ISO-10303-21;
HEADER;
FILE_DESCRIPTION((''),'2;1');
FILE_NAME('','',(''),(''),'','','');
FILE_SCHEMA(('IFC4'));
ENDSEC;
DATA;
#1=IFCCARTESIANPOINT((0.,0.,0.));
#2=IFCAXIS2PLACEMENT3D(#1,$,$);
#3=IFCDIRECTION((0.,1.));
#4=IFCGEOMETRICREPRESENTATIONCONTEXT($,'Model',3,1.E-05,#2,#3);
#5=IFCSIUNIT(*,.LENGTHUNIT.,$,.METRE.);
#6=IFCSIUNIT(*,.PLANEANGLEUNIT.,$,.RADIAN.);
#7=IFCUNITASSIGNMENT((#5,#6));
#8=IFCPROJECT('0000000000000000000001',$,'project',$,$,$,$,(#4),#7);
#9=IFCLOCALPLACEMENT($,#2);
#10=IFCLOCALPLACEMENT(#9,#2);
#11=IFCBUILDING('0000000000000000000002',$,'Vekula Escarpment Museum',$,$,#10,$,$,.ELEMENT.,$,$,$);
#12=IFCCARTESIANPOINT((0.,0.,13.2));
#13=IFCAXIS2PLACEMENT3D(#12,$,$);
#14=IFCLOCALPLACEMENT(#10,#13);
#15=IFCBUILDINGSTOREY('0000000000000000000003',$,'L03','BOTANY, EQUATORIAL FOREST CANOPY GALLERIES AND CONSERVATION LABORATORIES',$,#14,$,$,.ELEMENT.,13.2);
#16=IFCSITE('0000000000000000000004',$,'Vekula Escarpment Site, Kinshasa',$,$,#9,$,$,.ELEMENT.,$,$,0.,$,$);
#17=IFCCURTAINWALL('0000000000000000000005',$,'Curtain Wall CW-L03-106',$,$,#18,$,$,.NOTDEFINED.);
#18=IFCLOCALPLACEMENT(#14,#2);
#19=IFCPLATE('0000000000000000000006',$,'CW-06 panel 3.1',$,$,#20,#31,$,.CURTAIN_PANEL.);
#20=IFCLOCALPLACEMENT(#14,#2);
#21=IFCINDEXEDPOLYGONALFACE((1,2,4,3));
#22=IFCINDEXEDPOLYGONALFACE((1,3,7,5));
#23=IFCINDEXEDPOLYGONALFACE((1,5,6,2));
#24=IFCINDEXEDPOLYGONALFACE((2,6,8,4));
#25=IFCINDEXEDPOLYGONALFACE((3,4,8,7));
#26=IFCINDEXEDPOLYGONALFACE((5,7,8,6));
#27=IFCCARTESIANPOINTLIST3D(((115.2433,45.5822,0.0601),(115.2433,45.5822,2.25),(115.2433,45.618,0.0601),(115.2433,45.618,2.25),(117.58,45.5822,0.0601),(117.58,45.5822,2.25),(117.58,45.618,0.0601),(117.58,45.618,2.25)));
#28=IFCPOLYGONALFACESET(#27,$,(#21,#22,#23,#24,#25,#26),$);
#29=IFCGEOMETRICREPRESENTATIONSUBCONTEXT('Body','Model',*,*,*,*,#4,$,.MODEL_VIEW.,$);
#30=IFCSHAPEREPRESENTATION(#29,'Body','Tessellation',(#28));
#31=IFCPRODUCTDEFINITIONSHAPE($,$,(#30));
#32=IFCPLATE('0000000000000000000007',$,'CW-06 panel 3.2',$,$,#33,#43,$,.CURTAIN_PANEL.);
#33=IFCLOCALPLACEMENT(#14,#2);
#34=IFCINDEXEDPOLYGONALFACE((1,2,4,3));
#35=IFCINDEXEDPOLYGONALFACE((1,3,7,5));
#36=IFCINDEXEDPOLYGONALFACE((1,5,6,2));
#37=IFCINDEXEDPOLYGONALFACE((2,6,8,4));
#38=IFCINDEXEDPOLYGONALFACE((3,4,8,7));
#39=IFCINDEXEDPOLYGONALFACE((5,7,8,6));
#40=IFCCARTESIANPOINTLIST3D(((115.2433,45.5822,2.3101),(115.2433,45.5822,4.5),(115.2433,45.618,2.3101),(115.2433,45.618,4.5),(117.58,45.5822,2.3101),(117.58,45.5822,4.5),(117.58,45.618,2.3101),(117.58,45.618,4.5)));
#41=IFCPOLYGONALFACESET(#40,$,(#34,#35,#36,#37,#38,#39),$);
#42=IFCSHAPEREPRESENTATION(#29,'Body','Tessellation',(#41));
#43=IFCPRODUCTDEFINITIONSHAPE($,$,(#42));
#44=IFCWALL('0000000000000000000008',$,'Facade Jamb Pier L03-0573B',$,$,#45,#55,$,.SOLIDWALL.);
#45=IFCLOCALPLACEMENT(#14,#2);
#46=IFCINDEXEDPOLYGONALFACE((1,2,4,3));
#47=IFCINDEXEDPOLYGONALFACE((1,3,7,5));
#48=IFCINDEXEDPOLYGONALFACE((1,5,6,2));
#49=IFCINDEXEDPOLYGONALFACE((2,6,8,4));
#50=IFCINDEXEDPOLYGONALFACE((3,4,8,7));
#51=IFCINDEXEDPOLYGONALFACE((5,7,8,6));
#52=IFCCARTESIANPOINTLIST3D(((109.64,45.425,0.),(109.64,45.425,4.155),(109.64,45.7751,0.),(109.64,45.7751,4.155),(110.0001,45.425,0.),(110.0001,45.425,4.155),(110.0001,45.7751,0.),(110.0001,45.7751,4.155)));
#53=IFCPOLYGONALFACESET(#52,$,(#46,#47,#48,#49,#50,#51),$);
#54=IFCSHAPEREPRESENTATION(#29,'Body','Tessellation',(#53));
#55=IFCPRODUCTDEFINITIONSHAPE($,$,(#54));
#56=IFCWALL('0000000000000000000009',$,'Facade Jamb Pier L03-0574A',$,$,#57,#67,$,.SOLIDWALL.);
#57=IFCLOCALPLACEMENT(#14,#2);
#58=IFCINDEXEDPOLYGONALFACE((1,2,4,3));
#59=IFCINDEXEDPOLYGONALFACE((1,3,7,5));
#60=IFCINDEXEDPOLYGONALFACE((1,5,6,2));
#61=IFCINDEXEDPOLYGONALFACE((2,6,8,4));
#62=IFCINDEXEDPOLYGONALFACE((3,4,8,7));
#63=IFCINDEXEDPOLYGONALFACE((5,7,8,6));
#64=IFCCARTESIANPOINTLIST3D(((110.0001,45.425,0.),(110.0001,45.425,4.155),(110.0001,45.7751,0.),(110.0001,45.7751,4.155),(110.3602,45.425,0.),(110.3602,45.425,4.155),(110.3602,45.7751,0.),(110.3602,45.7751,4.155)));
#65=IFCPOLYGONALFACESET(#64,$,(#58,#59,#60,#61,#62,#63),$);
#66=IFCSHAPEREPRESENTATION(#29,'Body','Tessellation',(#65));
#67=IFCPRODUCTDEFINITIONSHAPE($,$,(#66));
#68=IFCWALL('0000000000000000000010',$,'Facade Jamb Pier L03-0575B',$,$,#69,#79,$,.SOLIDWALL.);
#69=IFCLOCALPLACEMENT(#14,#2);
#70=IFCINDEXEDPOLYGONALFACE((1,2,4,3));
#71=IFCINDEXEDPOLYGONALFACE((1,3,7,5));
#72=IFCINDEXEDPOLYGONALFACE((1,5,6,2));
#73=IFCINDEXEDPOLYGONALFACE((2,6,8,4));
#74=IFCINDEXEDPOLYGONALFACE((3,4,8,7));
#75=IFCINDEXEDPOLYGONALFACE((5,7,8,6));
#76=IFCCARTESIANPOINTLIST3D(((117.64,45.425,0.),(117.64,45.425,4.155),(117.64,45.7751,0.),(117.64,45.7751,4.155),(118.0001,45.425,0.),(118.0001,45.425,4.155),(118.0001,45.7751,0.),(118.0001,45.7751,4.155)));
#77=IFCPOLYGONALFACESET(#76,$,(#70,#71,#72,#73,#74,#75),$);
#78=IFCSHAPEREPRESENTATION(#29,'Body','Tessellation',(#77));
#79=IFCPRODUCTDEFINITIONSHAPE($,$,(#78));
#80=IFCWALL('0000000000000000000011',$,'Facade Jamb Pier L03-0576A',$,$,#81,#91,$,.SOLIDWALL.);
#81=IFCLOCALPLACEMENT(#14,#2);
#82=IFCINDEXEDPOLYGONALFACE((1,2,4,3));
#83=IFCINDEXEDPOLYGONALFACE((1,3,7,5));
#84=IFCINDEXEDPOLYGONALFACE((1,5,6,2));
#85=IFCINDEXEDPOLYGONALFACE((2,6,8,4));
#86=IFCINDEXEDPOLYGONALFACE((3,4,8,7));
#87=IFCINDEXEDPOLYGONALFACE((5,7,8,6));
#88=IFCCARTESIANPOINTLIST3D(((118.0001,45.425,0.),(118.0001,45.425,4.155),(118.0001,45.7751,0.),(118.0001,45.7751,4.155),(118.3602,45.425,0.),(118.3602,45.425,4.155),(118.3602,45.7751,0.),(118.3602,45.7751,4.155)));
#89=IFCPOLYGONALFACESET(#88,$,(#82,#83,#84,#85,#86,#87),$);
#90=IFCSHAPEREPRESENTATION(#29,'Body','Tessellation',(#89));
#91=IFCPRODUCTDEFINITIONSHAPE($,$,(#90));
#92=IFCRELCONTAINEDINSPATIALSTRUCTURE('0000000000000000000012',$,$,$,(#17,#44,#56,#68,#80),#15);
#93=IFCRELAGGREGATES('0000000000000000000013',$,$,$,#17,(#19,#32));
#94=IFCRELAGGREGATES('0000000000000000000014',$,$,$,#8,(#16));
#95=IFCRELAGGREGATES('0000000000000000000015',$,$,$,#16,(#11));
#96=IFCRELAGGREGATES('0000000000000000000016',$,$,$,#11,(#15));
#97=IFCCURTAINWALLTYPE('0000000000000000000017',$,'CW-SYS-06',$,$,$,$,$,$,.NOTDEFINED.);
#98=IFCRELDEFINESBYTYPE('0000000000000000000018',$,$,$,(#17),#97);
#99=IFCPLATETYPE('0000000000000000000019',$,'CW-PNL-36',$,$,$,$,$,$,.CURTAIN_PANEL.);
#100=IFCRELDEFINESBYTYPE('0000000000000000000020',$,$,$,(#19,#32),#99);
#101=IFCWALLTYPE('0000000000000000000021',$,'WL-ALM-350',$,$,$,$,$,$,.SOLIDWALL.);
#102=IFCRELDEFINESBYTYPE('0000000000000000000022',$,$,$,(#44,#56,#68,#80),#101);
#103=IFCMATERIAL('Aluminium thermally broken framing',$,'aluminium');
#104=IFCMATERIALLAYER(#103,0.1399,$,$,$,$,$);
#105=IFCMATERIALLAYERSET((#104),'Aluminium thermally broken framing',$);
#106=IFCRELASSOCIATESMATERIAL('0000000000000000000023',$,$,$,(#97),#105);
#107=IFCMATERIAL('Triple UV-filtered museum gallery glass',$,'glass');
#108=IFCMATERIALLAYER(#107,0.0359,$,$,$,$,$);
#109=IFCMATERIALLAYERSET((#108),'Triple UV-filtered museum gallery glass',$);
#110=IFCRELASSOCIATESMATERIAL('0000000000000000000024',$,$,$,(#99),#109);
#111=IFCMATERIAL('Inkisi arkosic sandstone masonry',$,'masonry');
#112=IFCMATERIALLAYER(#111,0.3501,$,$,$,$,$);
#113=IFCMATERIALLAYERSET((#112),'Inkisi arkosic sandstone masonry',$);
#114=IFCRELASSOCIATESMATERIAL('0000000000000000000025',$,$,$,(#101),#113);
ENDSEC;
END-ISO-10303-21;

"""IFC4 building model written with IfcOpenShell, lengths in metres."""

from ifc_helpers import new_model, si_unit, direction, frame, frame_2d, origin, origin_2d, place, context, subcontext, project, spatial, rectangle, extrude, material, layer, layer_set, type_object, element, aggregate, save


model = new_model("IFC4")

# Units and contexts
model_context = context("Model", 3, precision=1e-05, world=origin(), true_north=direction((0.0, 1.0)))
body_context = subcontext(model_context, "Body", "Model", "MODEL_VIEW")
ifc_project = project(units=[si_unit("LENGTHUNIT", "METRE"), si_unit("PLANEANGLEUNIT", "RADIAN")], contexts=[model_context])

# Site, building, storey
site_placement = place(None, origin())
site = spatial("IfcSite", under=ifc_project, at=site_placement, Name="Vekula Escarpment Site, Kinshasa", CompositionType="ELEMENT", RefElevation=0.0)
building_placement = place(site_placement, origin())
building = spatial("IfcBuilding", under=site, at=building_placement, Name="Vekula Escarpment Museum", CompositionType="ELEMENT")
storey_placement = place(building_placement, frame((0.0, 0.0, 13.2)))
storey = spatial("IfcBuildingStorey", under=building, at=storey_placement, Name="L03", Description="BOTANY, EQUATORIAL FOREST CANOPY GALLERIES AND CONSERVATION LABORATORIES", CompositionType="ELEMENT", Elevation=13.2)

# Curtain wall, plates
ifc_material_1 = material(Name="Aluminium thermally broken framing", Category="aluminium")
ifc_layer_1 = layer(ifc_material_1, 0.1399)
ifc_layer_set_1 = layer_set([ifc_layer_1], Name="Aluminium thermally broken framing")
curtain_wall_type_1 = type_object("IfcCurtainWallType", Name="CW-SYS-06", PredefinedType="NOTDEFINED", material=ifc_layer_set_1)
curtain_wall_1_placement = place(storey_placement, origin())
curtain_wall_1 = element("IfcCurtainWall", 1, at=curtain_wall_1_placement, inside=storey, type_object=curtain_wall_type_1, Name="Curtain Wall CW-L03-106", PredefinedType="NOTDEFINED")
ifc_material_2 = material(Name="Triple UV-filtered museum gallery glass", Category="glass")
ifc_layer_2 = layer(ifc_material_2, 0.0359)
ifc_layer_set_2 = layer_set([ifc_layer_2], Name="Triple UV-filtered museum gallery glass")
plate_type = type_object("IfcPlateType", Name="CW-PNL-36", PredefinedType="CURTAIN_PANEL", material=ifc_layer_set_2)
plate_1_placement = place(storey_placement, frame((116.4116, 45.6001, 0.0601), z_axis=(0.0, 0.0, 1.0), x_axis=(1.0, 0.0, 0.0)))
plate_1 = element("IfcPlate", 2, at=plate_1_placement, type_object=plate_type, Name="CW-06 panel 3.1", PredefinedType="CURTAIN_PANEL", context=body_context, shape_type="SweptSolid", body=[
    extrude(rectangle(XDim=2.3367, YDim=0.0359, at=origin_2d()), origin(), (0.0, 0.0, 1.0), 2.1899),
])
plate_2_placement = place(storey_placement, frame((116.4116, 45.6001, 2.3101), z_axis=(0.0, 0.0, 1.0), x_axis=(1.0, 0.0, 0.0)))
plate_2 = element("IfcPlate", 3, at=plate_2_placement, type_object=plate_type, Name="CW-06 panel 3.2", PredefinedType="CURTAIN_PANEL", context=body_context, shape_type="SweptSolid", body=[
    extrude(rectangle(XDim=2.3367, YDim=0.0359, at=origin_2d()), origin(), (0.0, 0.0, 1.0), 2.1899),
])
aggregate(curtain_wall_1, [plate_1, plate_2])

# Walls
ifc_material_3 = material(Name="Inkisi arkosic sandstone masonry", Category="masonry")
ifc_layer_3 = layer(ifc_material_3, 0.3501)
ifc_layer_set_3 = layer_set([ifc_layer_3], Name="Inkisi arkosic sandstone masonry")
wall_type = type_object("IfcWallType", Name="WL-ALM-350", PredefinedType="SOLIDWALL", material=ifc_layer_set_3)
for number, where, z_axis, x_axis, name in (
    (4, (109.6399, 45.6001, 0.0), (0.0, 0.0, 1.0), (1.0, 0.0, 0.0), "Facade Jamb Pier L03-0573B"),
    (5, (110.0, 45.6001, 0.0), (0.0, 0.0, 1.0), (1.0, 0.0, 0.0), "Facade Jamb Pier L03-0574A"),
    (6, (117.6399, 45.6001, 0.0), (0.0, 0.0, 1.0), (1.0, 0.0, 0.0), "Facade Jamb Pier L03-0575B"),
    (7, (118.0, 45.6001, 0.0), (0.0, 0.0, 1.0), (1.0, 0.0, 0.0), "Facade Jamb Pier L03-0576A"),
):
    element("IfcWall", number, at=place(storey_placement, frame(where, z_axis=z_axis, x_axis=x_axis)), inside=storey, type_object=wall_type, Name=name, PredefinedType="SOLIDWALL", context=body_context, shape_type="SweptSolid", body=[
        extrude(rectangle(XDim=0.3601, YDim=0.3501, at=frame_2d((0.1802, 0.0))), origin(), (0.0, 0.0, 1.0), 4.155),
    ])

save(model, "model.ifc")
